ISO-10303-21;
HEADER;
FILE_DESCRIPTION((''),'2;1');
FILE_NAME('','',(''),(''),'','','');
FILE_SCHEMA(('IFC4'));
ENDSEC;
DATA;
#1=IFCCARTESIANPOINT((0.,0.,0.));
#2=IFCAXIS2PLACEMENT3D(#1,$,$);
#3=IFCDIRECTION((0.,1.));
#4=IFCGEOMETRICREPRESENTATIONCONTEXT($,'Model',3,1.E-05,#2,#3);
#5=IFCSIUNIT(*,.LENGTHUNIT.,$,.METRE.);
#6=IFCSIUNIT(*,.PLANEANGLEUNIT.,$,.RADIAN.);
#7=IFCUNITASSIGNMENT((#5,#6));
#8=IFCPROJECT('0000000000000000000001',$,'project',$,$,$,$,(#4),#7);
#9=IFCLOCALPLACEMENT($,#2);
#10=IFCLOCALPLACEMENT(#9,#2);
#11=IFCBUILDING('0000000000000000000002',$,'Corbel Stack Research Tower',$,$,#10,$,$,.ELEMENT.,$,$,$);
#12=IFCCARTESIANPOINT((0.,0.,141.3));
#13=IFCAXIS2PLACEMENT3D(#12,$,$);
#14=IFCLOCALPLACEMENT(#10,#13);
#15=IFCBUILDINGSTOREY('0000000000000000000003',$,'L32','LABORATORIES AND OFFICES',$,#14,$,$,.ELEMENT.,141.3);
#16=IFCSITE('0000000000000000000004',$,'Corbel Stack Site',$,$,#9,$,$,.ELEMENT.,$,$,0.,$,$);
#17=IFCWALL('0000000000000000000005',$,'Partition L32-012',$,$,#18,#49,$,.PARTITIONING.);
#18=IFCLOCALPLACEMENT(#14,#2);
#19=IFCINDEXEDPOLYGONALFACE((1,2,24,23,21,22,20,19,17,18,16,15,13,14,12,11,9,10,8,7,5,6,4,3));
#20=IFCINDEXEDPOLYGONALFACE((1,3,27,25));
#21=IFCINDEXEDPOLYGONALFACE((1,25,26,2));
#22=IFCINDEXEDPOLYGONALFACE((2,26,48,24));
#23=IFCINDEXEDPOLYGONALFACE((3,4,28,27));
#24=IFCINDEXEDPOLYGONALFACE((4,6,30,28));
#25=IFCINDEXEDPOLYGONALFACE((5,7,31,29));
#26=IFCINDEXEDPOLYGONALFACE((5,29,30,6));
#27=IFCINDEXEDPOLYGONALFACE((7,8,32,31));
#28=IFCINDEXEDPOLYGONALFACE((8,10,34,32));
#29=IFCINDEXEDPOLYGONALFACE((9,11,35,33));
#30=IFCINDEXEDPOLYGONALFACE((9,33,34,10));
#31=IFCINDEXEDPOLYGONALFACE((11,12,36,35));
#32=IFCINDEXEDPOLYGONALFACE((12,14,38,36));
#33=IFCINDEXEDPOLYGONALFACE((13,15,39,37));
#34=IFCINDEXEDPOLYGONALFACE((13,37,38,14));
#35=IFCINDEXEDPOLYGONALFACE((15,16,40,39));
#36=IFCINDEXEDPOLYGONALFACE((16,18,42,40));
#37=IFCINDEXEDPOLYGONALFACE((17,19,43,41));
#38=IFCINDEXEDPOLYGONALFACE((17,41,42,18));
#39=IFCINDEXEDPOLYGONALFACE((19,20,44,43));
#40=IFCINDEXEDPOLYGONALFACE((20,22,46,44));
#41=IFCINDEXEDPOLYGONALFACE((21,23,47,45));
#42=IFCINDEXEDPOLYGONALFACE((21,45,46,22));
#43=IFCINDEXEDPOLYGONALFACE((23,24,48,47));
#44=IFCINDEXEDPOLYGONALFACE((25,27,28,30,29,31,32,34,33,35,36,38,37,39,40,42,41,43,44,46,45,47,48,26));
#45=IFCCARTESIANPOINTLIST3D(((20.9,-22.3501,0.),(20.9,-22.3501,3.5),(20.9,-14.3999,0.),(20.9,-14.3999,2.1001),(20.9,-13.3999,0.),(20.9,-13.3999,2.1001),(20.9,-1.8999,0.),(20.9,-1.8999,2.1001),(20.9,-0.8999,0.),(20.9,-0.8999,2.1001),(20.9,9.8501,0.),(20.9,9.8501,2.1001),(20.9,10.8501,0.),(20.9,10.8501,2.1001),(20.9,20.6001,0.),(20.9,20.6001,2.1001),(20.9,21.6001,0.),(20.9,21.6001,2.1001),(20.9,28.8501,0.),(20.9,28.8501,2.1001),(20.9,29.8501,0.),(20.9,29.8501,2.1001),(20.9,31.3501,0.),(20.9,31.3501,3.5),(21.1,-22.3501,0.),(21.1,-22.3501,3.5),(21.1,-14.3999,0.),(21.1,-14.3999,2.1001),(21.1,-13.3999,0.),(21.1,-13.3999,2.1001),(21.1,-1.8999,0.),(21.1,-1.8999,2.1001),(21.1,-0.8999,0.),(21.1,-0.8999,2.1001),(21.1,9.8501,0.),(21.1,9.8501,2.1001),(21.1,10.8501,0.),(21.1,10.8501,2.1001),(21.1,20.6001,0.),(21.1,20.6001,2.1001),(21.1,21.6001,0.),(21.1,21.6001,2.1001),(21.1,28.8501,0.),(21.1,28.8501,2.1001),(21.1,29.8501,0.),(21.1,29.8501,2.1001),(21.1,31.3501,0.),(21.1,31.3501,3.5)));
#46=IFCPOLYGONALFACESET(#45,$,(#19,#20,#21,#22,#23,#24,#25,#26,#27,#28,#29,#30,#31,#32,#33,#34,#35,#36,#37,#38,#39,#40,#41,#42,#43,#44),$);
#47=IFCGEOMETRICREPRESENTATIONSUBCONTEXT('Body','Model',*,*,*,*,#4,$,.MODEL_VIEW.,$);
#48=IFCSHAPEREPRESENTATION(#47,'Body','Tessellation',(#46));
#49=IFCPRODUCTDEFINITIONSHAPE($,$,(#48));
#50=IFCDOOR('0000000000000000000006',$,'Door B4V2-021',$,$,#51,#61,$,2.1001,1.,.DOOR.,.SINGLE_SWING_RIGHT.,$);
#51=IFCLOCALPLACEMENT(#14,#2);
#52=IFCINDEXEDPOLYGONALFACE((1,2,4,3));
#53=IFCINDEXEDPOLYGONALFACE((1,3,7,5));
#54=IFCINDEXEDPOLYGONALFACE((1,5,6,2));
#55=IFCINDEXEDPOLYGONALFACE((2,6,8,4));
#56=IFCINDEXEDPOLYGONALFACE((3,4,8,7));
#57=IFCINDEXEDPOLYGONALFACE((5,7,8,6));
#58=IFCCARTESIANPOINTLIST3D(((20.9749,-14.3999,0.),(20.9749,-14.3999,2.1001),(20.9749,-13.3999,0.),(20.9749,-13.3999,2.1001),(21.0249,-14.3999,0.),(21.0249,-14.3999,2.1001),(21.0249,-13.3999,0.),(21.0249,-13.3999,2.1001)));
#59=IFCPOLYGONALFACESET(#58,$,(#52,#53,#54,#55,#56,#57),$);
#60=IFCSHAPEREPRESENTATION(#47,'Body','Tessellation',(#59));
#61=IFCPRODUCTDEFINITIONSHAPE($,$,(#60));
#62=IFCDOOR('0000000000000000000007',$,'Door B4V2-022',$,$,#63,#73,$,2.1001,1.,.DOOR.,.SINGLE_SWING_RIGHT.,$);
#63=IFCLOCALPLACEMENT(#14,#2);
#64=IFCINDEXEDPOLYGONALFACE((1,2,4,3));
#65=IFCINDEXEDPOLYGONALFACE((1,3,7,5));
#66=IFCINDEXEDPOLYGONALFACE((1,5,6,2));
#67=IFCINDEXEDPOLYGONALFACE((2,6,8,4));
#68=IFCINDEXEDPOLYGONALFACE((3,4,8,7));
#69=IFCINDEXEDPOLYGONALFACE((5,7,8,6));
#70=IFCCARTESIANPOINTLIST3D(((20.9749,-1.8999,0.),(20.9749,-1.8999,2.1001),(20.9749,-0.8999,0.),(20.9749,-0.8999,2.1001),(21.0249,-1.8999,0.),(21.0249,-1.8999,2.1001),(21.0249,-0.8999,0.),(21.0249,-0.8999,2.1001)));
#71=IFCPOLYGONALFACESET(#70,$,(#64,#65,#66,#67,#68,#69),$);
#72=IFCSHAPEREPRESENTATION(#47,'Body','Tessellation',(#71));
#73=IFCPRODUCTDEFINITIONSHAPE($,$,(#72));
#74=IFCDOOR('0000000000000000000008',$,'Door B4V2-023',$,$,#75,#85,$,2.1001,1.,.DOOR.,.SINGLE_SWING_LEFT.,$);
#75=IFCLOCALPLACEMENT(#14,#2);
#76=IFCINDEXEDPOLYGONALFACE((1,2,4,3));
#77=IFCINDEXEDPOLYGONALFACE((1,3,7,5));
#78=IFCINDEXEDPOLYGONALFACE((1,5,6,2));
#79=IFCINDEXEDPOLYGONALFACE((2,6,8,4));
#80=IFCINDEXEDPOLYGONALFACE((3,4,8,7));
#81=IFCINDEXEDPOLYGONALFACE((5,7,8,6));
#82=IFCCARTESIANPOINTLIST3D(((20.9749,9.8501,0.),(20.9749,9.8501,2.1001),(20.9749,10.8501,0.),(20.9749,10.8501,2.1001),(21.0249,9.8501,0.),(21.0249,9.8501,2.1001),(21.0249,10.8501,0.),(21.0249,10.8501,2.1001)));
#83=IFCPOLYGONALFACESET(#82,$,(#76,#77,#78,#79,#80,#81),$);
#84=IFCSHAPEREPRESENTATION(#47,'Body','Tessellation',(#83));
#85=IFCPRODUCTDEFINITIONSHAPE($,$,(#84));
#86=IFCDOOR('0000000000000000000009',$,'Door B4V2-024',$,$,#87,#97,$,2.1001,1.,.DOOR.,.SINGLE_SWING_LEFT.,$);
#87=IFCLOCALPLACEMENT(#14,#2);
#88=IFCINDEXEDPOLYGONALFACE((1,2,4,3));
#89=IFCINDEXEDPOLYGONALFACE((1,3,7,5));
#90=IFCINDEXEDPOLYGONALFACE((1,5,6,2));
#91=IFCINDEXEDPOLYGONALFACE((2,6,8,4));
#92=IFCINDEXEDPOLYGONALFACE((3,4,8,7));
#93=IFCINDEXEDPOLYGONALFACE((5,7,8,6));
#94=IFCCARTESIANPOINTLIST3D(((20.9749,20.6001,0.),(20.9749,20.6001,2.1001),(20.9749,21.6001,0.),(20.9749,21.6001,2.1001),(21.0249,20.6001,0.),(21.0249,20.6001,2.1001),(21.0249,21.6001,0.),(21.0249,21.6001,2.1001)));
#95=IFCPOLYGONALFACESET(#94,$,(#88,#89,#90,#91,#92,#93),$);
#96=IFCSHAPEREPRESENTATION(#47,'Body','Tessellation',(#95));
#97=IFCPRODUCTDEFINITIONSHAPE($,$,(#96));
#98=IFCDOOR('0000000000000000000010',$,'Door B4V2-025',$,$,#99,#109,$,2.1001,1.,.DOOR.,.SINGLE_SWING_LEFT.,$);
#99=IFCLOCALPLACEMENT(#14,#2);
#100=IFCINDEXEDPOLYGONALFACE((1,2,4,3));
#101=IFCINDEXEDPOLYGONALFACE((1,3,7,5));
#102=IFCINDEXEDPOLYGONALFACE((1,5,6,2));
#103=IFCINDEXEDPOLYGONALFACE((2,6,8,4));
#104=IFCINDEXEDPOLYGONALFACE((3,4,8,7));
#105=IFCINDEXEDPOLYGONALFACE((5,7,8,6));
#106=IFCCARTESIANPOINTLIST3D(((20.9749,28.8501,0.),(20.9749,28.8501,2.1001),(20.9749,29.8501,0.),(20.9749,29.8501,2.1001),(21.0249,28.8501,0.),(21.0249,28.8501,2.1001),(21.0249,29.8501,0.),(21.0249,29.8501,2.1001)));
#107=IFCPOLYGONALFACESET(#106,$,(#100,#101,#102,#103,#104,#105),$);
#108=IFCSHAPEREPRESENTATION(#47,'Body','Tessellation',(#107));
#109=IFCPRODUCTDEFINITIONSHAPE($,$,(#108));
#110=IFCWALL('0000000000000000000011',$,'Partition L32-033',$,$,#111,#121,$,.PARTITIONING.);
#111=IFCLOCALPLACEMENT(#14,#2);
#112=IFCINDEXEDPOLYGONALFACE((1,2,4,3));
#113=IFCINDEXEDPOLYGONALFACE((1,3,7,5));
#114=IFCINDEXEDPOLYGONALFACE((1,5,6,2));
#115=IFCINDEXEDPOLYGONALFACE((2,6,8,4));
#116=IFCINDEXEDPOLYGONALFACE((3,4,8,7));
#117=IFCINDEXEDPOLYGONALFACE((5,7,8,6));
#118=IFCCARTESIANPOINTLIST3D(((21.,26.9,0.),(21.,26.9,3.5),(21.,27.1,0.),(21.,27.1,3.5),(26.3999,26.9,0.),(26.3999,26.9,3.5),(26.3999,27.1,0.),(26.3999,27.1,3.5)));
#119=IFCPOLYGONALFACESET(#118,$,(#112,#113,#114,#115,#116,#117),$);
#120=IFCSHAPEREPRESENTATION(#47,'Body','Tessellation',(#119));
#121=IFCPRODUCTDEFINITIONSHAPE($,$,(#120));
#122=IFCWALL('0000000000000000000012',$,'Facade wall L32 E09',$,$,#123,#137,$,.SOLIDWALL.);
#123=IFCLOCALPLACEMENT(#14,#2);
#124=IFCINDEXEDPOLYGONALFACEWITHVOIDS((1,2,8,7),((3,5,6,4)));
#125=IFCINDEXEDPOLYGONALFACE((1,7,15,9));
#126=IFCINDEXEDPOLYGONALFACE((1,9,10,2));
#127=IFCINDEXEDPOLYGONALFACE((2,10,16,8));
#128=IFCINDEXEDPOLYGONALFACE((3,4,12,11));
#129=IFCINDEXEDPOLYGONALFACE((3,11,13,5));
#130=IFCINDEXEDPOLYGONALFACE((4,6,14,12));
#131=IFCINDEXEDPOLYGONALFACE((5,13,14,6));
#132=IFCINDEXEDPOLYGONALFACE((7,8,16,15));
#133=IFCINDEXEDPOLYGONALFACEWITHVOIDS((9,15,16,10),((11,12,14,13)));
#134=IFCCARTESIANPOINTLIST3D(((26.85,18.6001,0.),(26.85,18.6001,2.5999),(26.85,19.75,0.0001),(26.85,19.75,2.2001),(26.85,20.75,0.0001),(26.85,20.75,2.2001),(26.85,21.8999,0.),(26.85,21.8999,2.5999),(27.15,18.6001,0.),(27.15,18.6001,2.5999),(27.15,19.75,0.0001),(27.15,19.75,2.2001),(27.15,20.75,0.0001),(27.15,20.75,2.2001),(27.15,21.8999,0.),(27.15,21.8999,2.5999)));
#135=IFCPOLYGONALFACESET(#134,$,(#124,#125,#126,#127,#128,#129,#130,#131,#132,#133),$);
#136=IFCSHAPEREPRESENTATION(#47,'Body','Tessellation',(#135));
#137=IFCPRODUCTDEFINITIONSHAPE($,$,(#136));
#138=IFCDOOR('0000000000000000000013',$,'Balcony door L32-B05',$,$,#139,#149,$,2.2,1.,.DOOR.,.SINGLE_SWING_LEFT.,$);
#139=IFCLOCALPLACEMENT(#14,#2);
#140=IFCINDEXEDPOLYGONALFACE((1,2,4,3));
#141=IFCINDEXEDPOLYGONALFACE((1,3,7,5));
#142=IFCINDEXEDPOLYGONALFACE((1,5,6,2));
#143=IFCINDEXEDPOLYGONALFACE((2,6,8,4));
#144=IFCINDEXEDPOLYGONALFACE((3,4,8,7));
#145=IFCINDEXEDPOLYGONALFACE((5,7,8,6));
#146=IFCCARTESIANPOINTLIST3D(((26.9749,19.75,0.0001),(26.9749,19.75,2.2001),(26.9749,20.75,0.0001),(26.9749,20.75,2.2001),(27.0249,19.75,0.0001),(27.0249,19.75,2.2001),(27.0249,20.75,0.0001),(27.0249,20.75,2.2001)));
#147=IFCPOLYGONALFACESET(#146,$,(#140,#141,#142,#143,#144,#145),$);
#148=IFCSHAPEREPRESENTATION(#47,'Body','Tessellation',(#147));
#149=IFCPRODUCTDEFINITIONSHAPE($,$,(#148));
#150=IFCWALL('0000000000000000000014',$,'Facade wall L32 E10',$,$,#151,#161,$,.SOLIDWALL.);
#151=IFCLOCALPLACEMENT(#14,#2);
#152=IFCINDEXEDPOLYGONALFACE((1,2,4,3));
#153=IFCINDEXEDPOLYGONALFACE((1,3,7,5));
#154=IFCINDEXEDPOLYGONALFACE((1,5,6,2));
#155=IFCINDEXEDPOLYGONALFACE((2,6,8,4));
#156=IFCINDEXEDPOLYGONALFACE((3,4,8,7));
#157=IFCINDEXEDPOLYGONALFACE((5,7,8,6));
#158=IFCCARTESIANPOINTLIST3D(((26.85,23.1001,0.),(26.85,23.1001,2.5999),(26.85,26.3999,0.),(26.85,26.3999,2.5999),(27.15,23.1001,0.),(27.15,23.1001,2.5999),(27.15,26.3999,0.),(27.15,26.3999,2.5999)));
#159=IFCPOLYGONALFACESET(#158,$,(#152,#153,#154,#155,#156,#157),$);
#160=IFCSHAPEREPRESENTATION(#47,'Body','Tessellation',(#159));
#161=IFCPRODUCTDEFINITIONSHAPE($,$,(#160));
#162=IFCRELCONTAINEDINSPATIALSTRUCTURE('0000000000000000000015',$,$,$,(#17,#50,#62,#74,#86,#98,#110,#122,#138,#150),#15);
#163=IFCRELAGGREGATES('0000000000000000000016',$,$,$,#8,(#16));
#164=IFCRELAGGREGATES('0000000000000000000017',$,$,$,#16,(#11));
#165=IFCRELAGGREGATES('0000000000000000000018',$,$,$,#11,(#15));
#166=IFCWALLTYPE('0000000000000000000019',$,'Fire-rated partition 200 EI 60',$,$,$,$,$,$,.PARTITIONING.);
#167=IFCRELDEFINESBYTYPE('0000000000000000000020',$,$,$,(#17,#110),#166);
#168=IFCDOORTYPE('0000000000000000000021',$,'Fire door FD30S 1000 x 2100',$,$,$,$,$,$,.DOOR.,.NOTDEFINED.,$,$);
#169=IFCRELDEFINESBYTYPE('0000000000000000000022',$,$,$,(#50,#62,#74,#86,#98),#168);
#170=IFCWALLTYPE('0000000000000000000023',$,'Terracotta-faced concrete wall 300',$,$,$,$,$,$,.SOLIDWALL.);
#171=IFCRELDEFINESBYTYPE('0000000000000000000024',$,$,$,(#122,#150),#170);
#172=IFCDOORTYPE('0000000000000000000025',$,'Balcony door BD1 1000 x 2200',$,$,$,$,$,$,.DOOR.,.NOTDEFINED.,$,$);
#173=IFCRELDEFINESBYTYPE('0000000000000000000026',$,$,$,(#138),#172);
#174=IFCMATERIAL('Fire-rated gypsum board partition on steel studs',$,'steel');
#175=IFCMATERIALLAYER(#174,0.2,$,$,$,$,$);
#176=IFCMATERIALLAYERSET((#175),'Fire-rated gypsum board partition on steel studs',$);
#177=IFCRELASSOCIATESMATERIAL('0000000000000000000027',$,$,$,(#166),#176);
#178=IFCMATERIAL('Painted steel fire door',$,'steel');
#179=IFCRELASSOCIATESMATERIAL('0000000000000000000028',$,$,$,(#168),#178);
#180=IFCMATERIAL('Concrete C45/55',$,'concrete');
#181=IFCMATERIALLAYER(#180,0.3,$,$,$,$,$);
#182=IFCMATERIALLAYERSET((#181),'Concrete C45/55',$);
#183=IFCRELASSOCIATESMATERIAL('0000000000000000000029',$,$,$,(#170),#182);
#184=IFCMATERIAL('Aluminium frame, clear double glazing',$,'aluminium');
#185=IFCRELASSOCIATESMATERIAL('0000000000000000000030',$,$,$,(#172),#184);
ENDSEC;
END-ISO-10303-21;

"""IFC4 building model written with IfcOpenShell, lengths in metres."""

from ifc_helpers import new_model, si_unit, direction, frame, frame_2d, origin, place, context, subcontext, project, spatial, rectangle, extrude, material, layer, layer_set, type_object, element, fill, save


model = new_model("IFC4")

# Units and contexts
model_context = context("Model", 3, precision=1e-05, world=origin(), true_north=direction((0.0, 1.0)))
body_context = subcontext(model_context, "Body", "Model", "MODEL_VIEW")
ifc_project = project(units=[si_unit("LENGTHUNIT", "METRE"), si_unit("PLANEANGLEUNIT", "RADIAN")], contexts=[model_context])

# Site, building, storey
site_placement = place(None, origin())
site = spatial("IfcSite", under=ifc_project, at=site_placement, Name="Corbel Stack Site", CompositionType="ELEMENT", RefElevation=0.0)
building_placement = place(site_placement, origin())
building = spatial("IfcBuilding", under=site, at=building_placement, Name="Corbel Stack Research Tower", CompositionType="ELEMENT")
storey_placement = place(building_placement, frame((0.0, 0.0, 141.3)))
storey = spatial("IfcBuildingStorey", under=building, at=storey_placement, Name="L32", Description="LABORATORIES AND OFFICES", CompositionType="ELEMENT", Elevation=141.3)

# Wall, openings, doors
ifc_material_1 = material(Name="Fire-rated gypsum board partition on steel studs", Category="steel")
ifc_layer_1 = layer(ifc_material_1, 0.2)
ifc_layer_set_1 = layer_set([ifc_layer_1], Name="Fire-rated gypsum board partition on steel studs")
wall_type_1 = type_object("IfcWallType", Name="Fire-rated partition 200 EI 60", PredefinedType="PARTITIONING", material=ifc_layer_set_1)
wall_1_placement = place(storey_placement, frame((21.0, 31.3501, 0.0), z_axis=(0.0, 0.0, 1.0), x_axis=(0.0, -1.0, 0.0)))
wall_1 = element("IfcWall", 1, at=wall_1_placement, inside=storey, type_object=wall_type_1, Name="Partition L32-012", PredefinedType="PARTITIONING", context=body_context, shape_type="SweptSolid", body=[
    extrude(rectangle(XDim=53.7002, YDim=0.2, at=frame_2d((26.8501, 0.0))), origin(), (0.0, 0.0, 1.0), 3.5),
])
opening_1_placement = place(wall_1_placement, frame((44.75, 0.0, 0.0)))
opening_1 = element("IfcOpeningElement", 2, at=opening_1_placement, cuts=wall_1, PredefinedType="OPENING", context=body_context, shape_type="SweptSolid", body=[
    extrude(rectangle(XDim=1.0, YDim=2.1001, at=frame_2d((0.5, 1.05))), frame((0.0, 0.1099, 0.0), z_axis=(0.0, -1.0, 0.0), x_axis=(1.0, 0.0, 0.0)), (0.0, 0.0, 1.0), 0.22),
])
opening_2_placement = place(wall_1_placement, frame((32.25, 0.0, 0.0)))
opening_2 = element("IfcOpeningElement", 3, at=opening_2_placement, cuts=wall_1, PredefinedType="OPENING", context=body_context, shape_type="SweptSolid", body=[
    extrude(rectangle(XDim=1.0, YDim=2.1001, at=frame_2d((0.5, 1.05))), frame((0.0, 0.1099, 0.0), z_axis=(0.0, -1.0, 0.0), x_axis=(1.0, 0.0, 0.0)), (0.0, 0.0, 1.0), 0.22),
])
opening_3_placement = place(wall_1_placement, frame((20.5, 0.0, 0.0)))
opening_3 = element("IfcOpeningElement", 4, at=opening_3_placement, cuts=wall_1, PredefinedType="OPENING", context=body_context, shape_type="SweptSolid", body=[
    extrude(rectangle(XDim=1.0, YDim=2.1001, at=frame_2d((0.5, 1.05))), frame((0.0, 0.1099, 0.0), z_axis=(0.0, -1.0, 0.0), x_axis=(1.0, 0.0, 0.0)), (0.0, 0.0, 1.0), 0.22),
])
opening_4_placement = place(wall_1_placement, frame((9.75, 0.0, 0.0)))
opening_4 = element("IfcOpeningElement", 5, at=opening_4_placement, cuts=wall_1, PredefinedType="OPENING", context=body_context, shape_type="SweptSolid", body=[
    extrude(rectangle(XDim=1.0, YDim=2.1001, at=frame_2d((0.5, 1.05))), frame((0.0, 0.1099, 0.0), z_axis=(0.0, -1.0, 0.0), x_axis=(1.0, 0.0, 0.0)), (0.0, 0.0, 1.0), 0.22),
])
opening_5_placement = place(wall_1_placement, frame((1.5, 0.0, 0.0)))
opening_5 = element("IfcOpeningElement", 6, at=opening_5_placement, cuts=wall_1, PredefinedType="OPENING", context=body_context, shape_type="SweptSolid", body=[
    extrude(rectangle(XDim=1.0, YDim=2.1001, at=frame_2d((0.5, 1.05))), frame((0.0, 0.1099, 0.0), z_axis=(0.0, -1.0, 0.0), x_axis=(1.0, 0.0, 0.0)), (0.0, 0.0, 1.0), 0.22),
])
ifc_material_2 = material(Name="Painted steel fire door", Category="steel")
door_type_1 = type_object("IfcDoorType", Name="Fire door FD30S 1000 x 2100", OperationType="NOTDEFINED", PredefinedType="DOOR", material=ifc_material_2)
door_1_placement = place(opening_1_placement, origin())
door_1 = element("IfcDoor", 7, at=door_1_placement, inside=storey, type_object=door_type_1, Name="Door B4V2-021", OperationType="SINGLE_SWING_RIGHT", OverallHeight=2.1001, OverallWidth=1.0, PredefinedType="DOOR", context=body_context, shape_type="SweptSolid", body=[
    extrude(rectangle(XDim=1.0, YDim=2.1001, at=frame_2d((0.5, 1.05))), frame((0.0, 0.0249, 0.0), z_axis=(0.0, -1.0, 0.0), x_axis=(1.0, 0.0, 0.0)), (0.0, 0.0, 1.0), 0.05),
])
fill(opening_1, door_1)
door_2_placement = place(opening_2_placement, origin())
door_2 = element("IfcDoor", 8, at=door_2_placement, inside=storey, type_object=door_type_1, Name="Door B4V2-022", OperationType="SINGLE_SWING_RIGHT", OverallHeight=2.1001, OverallWidth=1.0, PredefinedType="DOOR", context=body_context, shape_type="SweptSolid", body=[
    extrude(rectangle(XDim=1.0, YDim=2.1001, at=frame_2d((0.5, 1.05))), frame((0.0, 0.0249, 0.0), z_axis=(0.0, -1.0, 0.0), x_axis=(1.0, 0.0, 0.0)), (0.0, 0.0, 1.0), 0.05),
])
fill(opening_2, door_2)
door_3_placement = place(opening_3_placement, origin())
door_3 = element("IfcDoor", 9, at=door_3_placement, inside=storey, type_object=door_type_1, Name="Door B4V2-023", OperationType="SINGLE_SWING_LEFT", OverallHeight=2.1001, OverallWidth=1.0, PredefinedType="DOOR", context=body_context, shape_type="SweptSolid", body=[
    extrude(rectangle(XDim=1.0, YDim=2.1001, at=frame_2d((0.5, 1.05))), frame((0.0, 0.0249, 0.0), z_axis=(0.0, -1.0, 0.0), x_axis=(1.0, 0.0, 0.0)), (0.0, 0.0, 1.0), 0.05),
])
fill(opening_3, door_3)
door_4_placement = place(opening_4_placement, origin())
door_4 = element("IfcDoor", 10, at=door_4_placement, inside=storey, type_object=door_type_1, Name="Door B4V2-024", OperationType="SINGLE_SWING_LEFT", OverallHeight=2.1001, OverallWidth=1.0, PredefinedType="DOOR", context=body_context, shape_type="SweptSolid", body=[
    extrude(rectangle(XDim=1.0, YDim=2.1001, at=frame_2d((0.5, 1.05))), frame((0.0, 0.0249, 0.0), z_axis=(0.0, -1.0, 0.0), x_axis=(1.0, 0.0, 0.0)), (0.0, 0.0, 1.0), 0.05),
])
fill(opening_4, door_4)
door_5_placement = place(opening_5_placement, origin())
door_5 = element("IfcDoor", 11, at=door_5_placement, inside=storey, type_object=door_type_1, Name="Door B4V2-025", OperationType="SINGLE_SWING_LEFT", OverallHeight=2.1001, OverallWidth=1.0, PredefinedType="DOOR", context=body_context, shape_type="SweptSolid", body=[
    extrude(rectangle(XDim=1.0, YDim=2.1001, at=frame_2d((0.5, 1.05))), frame((0.0, 0.0249, 0.0), z_axis=(0.0, -1.0, 0.0), x_axis=(1.0, 0.0, 0.0)), (0.0, 0.0, 1.0), 0.05),
])
fill(opening_5, door_5)

# Wall
wall_2_placement = place(storey_placement, frame((21.0, 27.0, 0.0), z_axis=(0.0, 0.0, 1.0), x_axis=(1.0, 0.0, 0.0)))
element("IfcWall", 12, at=wall_2_placement, inside=storey, type_object=wall_type_1, Name="Partition L32-033", PredefinedType="PARTITIONING", context=body_context, shape_type="SweptSolid", body=[
    extrude(rectangle(XDim=5.3999, YDim=0.2, at=frame_2d((2.7, 0.0))), origin(), (0.0, 0.0, 1.0), 3.5),
])

# Wall, opening, door
ifc_material_3 = material(Name="Concrete C45/55", Category="concrete")
ifc_layer_2 = layer(ifc_material_3, 0.3)
ifc_layer_set_2 = layer_set([ifc_layer_2], Name="Concrete C45/55")
wall_type_2 = type_object("IfcWallType", Name="Terracotta-faced concrete wall 300", PredefinedType="SOLIDWALL", material=ifc_layer_set_2)
wall_3_placement = place(storey_placement, frame((27.0, 21.8999, 0.0), z_axis=(0.0, 0.0, 1.0), x_axis=(0.0, -1.0, 0.0)))
wall_3 = element("IfcWall", 13, at=wall_3_placement, inside=storey, type_object=wall_type_2, Name="Facade wall L32 E09", PredefinedType="SOLIDWALL", context=body_context, shape_type="SweptSolid", body=[
    extrude(rectangle(XDim=3.2998, YDim=0.3, at=frame_2d((1.6499, 0.0))), origin(), (0.0, 0.0, 1.0), 2.5999),
])
opening_6_placement = place(wall_3_placement, frame((1.1499, 0.0, 0.0)))
opening_6 = element("IfcOpeningElement", 14, at=opening_6_placement, cuts=wall_3, PredefinedType="OPENING", context=body_context, shape_type="SweptSolid", body=[
    extrude(rectangle(XDim=1.0, YDim=2.2, at=frame_2d((0.5, 1.1001))), frame((0.0, 0.1599, 0.0), z_axis=(0.0, -1.0, 0.0), x_axis=(1.0, 0.0, 0.0)), (0.0, 0.0, 1.0), 0.3201),
])
ifc_material_4 = material(Name="Aluminium frame, clear double glazing", Category="aluminium")
door_type_2 = type_object("IfcDoorType", Name="Balcony door BD1 1000 x 2200", OperationType="NOTDEFINED", PredefinedType="DOOR", material=ifc_material_4)
door_6_placement = place(opening_6_placement, origin())
door_6 = element("IfcDoor", 15, at=door_6_placement, inside=storey, type_object=door_type_2, Name="Balcony door L32-B05", OperationType="SINGLE_SWING_LEFT", OverallHeight=2.2, OverallWidth=1.0, PredefinedType="DOOR", context=body_context, shape_type="SweptSolid", body=[
    extrude(rectangle(XDim=1.0, YDim=2.2, at=frame_2d((0.5, 1.1001))), frame((0.0, 0.0249, 0.0), z_axis=(0.0, -1.0, 0.0), x_axis=(1.0, 0.0, 0.0)), (0.0, 0.0, 1.0), 0.05),
])
fill(opening_6, door_6)

# Wall
wall_4_placement = place(storey_placement, frame((27.0, 26.3999, 0.0), z_axis=(0.0, 0.0, 1.0), x_axis=(0.0, -1.0, 0.0)))
element("IfcWall", 16, at=wall_4_placement, inside=storey, type_object=wall_type_2, Name="Facade wall L32 E10", PredefinedType="SOLIDWALL", context=body_context, shape_type="SweptSolid", body=[
    extrude(rectangle(XDim=3.2998, YDim=0.3, at=frame_2d((1.6499, 0.0))), origin(), (0.0, 0.0, 1.0), 2.5999),
])

save(model, "model.ifc")
